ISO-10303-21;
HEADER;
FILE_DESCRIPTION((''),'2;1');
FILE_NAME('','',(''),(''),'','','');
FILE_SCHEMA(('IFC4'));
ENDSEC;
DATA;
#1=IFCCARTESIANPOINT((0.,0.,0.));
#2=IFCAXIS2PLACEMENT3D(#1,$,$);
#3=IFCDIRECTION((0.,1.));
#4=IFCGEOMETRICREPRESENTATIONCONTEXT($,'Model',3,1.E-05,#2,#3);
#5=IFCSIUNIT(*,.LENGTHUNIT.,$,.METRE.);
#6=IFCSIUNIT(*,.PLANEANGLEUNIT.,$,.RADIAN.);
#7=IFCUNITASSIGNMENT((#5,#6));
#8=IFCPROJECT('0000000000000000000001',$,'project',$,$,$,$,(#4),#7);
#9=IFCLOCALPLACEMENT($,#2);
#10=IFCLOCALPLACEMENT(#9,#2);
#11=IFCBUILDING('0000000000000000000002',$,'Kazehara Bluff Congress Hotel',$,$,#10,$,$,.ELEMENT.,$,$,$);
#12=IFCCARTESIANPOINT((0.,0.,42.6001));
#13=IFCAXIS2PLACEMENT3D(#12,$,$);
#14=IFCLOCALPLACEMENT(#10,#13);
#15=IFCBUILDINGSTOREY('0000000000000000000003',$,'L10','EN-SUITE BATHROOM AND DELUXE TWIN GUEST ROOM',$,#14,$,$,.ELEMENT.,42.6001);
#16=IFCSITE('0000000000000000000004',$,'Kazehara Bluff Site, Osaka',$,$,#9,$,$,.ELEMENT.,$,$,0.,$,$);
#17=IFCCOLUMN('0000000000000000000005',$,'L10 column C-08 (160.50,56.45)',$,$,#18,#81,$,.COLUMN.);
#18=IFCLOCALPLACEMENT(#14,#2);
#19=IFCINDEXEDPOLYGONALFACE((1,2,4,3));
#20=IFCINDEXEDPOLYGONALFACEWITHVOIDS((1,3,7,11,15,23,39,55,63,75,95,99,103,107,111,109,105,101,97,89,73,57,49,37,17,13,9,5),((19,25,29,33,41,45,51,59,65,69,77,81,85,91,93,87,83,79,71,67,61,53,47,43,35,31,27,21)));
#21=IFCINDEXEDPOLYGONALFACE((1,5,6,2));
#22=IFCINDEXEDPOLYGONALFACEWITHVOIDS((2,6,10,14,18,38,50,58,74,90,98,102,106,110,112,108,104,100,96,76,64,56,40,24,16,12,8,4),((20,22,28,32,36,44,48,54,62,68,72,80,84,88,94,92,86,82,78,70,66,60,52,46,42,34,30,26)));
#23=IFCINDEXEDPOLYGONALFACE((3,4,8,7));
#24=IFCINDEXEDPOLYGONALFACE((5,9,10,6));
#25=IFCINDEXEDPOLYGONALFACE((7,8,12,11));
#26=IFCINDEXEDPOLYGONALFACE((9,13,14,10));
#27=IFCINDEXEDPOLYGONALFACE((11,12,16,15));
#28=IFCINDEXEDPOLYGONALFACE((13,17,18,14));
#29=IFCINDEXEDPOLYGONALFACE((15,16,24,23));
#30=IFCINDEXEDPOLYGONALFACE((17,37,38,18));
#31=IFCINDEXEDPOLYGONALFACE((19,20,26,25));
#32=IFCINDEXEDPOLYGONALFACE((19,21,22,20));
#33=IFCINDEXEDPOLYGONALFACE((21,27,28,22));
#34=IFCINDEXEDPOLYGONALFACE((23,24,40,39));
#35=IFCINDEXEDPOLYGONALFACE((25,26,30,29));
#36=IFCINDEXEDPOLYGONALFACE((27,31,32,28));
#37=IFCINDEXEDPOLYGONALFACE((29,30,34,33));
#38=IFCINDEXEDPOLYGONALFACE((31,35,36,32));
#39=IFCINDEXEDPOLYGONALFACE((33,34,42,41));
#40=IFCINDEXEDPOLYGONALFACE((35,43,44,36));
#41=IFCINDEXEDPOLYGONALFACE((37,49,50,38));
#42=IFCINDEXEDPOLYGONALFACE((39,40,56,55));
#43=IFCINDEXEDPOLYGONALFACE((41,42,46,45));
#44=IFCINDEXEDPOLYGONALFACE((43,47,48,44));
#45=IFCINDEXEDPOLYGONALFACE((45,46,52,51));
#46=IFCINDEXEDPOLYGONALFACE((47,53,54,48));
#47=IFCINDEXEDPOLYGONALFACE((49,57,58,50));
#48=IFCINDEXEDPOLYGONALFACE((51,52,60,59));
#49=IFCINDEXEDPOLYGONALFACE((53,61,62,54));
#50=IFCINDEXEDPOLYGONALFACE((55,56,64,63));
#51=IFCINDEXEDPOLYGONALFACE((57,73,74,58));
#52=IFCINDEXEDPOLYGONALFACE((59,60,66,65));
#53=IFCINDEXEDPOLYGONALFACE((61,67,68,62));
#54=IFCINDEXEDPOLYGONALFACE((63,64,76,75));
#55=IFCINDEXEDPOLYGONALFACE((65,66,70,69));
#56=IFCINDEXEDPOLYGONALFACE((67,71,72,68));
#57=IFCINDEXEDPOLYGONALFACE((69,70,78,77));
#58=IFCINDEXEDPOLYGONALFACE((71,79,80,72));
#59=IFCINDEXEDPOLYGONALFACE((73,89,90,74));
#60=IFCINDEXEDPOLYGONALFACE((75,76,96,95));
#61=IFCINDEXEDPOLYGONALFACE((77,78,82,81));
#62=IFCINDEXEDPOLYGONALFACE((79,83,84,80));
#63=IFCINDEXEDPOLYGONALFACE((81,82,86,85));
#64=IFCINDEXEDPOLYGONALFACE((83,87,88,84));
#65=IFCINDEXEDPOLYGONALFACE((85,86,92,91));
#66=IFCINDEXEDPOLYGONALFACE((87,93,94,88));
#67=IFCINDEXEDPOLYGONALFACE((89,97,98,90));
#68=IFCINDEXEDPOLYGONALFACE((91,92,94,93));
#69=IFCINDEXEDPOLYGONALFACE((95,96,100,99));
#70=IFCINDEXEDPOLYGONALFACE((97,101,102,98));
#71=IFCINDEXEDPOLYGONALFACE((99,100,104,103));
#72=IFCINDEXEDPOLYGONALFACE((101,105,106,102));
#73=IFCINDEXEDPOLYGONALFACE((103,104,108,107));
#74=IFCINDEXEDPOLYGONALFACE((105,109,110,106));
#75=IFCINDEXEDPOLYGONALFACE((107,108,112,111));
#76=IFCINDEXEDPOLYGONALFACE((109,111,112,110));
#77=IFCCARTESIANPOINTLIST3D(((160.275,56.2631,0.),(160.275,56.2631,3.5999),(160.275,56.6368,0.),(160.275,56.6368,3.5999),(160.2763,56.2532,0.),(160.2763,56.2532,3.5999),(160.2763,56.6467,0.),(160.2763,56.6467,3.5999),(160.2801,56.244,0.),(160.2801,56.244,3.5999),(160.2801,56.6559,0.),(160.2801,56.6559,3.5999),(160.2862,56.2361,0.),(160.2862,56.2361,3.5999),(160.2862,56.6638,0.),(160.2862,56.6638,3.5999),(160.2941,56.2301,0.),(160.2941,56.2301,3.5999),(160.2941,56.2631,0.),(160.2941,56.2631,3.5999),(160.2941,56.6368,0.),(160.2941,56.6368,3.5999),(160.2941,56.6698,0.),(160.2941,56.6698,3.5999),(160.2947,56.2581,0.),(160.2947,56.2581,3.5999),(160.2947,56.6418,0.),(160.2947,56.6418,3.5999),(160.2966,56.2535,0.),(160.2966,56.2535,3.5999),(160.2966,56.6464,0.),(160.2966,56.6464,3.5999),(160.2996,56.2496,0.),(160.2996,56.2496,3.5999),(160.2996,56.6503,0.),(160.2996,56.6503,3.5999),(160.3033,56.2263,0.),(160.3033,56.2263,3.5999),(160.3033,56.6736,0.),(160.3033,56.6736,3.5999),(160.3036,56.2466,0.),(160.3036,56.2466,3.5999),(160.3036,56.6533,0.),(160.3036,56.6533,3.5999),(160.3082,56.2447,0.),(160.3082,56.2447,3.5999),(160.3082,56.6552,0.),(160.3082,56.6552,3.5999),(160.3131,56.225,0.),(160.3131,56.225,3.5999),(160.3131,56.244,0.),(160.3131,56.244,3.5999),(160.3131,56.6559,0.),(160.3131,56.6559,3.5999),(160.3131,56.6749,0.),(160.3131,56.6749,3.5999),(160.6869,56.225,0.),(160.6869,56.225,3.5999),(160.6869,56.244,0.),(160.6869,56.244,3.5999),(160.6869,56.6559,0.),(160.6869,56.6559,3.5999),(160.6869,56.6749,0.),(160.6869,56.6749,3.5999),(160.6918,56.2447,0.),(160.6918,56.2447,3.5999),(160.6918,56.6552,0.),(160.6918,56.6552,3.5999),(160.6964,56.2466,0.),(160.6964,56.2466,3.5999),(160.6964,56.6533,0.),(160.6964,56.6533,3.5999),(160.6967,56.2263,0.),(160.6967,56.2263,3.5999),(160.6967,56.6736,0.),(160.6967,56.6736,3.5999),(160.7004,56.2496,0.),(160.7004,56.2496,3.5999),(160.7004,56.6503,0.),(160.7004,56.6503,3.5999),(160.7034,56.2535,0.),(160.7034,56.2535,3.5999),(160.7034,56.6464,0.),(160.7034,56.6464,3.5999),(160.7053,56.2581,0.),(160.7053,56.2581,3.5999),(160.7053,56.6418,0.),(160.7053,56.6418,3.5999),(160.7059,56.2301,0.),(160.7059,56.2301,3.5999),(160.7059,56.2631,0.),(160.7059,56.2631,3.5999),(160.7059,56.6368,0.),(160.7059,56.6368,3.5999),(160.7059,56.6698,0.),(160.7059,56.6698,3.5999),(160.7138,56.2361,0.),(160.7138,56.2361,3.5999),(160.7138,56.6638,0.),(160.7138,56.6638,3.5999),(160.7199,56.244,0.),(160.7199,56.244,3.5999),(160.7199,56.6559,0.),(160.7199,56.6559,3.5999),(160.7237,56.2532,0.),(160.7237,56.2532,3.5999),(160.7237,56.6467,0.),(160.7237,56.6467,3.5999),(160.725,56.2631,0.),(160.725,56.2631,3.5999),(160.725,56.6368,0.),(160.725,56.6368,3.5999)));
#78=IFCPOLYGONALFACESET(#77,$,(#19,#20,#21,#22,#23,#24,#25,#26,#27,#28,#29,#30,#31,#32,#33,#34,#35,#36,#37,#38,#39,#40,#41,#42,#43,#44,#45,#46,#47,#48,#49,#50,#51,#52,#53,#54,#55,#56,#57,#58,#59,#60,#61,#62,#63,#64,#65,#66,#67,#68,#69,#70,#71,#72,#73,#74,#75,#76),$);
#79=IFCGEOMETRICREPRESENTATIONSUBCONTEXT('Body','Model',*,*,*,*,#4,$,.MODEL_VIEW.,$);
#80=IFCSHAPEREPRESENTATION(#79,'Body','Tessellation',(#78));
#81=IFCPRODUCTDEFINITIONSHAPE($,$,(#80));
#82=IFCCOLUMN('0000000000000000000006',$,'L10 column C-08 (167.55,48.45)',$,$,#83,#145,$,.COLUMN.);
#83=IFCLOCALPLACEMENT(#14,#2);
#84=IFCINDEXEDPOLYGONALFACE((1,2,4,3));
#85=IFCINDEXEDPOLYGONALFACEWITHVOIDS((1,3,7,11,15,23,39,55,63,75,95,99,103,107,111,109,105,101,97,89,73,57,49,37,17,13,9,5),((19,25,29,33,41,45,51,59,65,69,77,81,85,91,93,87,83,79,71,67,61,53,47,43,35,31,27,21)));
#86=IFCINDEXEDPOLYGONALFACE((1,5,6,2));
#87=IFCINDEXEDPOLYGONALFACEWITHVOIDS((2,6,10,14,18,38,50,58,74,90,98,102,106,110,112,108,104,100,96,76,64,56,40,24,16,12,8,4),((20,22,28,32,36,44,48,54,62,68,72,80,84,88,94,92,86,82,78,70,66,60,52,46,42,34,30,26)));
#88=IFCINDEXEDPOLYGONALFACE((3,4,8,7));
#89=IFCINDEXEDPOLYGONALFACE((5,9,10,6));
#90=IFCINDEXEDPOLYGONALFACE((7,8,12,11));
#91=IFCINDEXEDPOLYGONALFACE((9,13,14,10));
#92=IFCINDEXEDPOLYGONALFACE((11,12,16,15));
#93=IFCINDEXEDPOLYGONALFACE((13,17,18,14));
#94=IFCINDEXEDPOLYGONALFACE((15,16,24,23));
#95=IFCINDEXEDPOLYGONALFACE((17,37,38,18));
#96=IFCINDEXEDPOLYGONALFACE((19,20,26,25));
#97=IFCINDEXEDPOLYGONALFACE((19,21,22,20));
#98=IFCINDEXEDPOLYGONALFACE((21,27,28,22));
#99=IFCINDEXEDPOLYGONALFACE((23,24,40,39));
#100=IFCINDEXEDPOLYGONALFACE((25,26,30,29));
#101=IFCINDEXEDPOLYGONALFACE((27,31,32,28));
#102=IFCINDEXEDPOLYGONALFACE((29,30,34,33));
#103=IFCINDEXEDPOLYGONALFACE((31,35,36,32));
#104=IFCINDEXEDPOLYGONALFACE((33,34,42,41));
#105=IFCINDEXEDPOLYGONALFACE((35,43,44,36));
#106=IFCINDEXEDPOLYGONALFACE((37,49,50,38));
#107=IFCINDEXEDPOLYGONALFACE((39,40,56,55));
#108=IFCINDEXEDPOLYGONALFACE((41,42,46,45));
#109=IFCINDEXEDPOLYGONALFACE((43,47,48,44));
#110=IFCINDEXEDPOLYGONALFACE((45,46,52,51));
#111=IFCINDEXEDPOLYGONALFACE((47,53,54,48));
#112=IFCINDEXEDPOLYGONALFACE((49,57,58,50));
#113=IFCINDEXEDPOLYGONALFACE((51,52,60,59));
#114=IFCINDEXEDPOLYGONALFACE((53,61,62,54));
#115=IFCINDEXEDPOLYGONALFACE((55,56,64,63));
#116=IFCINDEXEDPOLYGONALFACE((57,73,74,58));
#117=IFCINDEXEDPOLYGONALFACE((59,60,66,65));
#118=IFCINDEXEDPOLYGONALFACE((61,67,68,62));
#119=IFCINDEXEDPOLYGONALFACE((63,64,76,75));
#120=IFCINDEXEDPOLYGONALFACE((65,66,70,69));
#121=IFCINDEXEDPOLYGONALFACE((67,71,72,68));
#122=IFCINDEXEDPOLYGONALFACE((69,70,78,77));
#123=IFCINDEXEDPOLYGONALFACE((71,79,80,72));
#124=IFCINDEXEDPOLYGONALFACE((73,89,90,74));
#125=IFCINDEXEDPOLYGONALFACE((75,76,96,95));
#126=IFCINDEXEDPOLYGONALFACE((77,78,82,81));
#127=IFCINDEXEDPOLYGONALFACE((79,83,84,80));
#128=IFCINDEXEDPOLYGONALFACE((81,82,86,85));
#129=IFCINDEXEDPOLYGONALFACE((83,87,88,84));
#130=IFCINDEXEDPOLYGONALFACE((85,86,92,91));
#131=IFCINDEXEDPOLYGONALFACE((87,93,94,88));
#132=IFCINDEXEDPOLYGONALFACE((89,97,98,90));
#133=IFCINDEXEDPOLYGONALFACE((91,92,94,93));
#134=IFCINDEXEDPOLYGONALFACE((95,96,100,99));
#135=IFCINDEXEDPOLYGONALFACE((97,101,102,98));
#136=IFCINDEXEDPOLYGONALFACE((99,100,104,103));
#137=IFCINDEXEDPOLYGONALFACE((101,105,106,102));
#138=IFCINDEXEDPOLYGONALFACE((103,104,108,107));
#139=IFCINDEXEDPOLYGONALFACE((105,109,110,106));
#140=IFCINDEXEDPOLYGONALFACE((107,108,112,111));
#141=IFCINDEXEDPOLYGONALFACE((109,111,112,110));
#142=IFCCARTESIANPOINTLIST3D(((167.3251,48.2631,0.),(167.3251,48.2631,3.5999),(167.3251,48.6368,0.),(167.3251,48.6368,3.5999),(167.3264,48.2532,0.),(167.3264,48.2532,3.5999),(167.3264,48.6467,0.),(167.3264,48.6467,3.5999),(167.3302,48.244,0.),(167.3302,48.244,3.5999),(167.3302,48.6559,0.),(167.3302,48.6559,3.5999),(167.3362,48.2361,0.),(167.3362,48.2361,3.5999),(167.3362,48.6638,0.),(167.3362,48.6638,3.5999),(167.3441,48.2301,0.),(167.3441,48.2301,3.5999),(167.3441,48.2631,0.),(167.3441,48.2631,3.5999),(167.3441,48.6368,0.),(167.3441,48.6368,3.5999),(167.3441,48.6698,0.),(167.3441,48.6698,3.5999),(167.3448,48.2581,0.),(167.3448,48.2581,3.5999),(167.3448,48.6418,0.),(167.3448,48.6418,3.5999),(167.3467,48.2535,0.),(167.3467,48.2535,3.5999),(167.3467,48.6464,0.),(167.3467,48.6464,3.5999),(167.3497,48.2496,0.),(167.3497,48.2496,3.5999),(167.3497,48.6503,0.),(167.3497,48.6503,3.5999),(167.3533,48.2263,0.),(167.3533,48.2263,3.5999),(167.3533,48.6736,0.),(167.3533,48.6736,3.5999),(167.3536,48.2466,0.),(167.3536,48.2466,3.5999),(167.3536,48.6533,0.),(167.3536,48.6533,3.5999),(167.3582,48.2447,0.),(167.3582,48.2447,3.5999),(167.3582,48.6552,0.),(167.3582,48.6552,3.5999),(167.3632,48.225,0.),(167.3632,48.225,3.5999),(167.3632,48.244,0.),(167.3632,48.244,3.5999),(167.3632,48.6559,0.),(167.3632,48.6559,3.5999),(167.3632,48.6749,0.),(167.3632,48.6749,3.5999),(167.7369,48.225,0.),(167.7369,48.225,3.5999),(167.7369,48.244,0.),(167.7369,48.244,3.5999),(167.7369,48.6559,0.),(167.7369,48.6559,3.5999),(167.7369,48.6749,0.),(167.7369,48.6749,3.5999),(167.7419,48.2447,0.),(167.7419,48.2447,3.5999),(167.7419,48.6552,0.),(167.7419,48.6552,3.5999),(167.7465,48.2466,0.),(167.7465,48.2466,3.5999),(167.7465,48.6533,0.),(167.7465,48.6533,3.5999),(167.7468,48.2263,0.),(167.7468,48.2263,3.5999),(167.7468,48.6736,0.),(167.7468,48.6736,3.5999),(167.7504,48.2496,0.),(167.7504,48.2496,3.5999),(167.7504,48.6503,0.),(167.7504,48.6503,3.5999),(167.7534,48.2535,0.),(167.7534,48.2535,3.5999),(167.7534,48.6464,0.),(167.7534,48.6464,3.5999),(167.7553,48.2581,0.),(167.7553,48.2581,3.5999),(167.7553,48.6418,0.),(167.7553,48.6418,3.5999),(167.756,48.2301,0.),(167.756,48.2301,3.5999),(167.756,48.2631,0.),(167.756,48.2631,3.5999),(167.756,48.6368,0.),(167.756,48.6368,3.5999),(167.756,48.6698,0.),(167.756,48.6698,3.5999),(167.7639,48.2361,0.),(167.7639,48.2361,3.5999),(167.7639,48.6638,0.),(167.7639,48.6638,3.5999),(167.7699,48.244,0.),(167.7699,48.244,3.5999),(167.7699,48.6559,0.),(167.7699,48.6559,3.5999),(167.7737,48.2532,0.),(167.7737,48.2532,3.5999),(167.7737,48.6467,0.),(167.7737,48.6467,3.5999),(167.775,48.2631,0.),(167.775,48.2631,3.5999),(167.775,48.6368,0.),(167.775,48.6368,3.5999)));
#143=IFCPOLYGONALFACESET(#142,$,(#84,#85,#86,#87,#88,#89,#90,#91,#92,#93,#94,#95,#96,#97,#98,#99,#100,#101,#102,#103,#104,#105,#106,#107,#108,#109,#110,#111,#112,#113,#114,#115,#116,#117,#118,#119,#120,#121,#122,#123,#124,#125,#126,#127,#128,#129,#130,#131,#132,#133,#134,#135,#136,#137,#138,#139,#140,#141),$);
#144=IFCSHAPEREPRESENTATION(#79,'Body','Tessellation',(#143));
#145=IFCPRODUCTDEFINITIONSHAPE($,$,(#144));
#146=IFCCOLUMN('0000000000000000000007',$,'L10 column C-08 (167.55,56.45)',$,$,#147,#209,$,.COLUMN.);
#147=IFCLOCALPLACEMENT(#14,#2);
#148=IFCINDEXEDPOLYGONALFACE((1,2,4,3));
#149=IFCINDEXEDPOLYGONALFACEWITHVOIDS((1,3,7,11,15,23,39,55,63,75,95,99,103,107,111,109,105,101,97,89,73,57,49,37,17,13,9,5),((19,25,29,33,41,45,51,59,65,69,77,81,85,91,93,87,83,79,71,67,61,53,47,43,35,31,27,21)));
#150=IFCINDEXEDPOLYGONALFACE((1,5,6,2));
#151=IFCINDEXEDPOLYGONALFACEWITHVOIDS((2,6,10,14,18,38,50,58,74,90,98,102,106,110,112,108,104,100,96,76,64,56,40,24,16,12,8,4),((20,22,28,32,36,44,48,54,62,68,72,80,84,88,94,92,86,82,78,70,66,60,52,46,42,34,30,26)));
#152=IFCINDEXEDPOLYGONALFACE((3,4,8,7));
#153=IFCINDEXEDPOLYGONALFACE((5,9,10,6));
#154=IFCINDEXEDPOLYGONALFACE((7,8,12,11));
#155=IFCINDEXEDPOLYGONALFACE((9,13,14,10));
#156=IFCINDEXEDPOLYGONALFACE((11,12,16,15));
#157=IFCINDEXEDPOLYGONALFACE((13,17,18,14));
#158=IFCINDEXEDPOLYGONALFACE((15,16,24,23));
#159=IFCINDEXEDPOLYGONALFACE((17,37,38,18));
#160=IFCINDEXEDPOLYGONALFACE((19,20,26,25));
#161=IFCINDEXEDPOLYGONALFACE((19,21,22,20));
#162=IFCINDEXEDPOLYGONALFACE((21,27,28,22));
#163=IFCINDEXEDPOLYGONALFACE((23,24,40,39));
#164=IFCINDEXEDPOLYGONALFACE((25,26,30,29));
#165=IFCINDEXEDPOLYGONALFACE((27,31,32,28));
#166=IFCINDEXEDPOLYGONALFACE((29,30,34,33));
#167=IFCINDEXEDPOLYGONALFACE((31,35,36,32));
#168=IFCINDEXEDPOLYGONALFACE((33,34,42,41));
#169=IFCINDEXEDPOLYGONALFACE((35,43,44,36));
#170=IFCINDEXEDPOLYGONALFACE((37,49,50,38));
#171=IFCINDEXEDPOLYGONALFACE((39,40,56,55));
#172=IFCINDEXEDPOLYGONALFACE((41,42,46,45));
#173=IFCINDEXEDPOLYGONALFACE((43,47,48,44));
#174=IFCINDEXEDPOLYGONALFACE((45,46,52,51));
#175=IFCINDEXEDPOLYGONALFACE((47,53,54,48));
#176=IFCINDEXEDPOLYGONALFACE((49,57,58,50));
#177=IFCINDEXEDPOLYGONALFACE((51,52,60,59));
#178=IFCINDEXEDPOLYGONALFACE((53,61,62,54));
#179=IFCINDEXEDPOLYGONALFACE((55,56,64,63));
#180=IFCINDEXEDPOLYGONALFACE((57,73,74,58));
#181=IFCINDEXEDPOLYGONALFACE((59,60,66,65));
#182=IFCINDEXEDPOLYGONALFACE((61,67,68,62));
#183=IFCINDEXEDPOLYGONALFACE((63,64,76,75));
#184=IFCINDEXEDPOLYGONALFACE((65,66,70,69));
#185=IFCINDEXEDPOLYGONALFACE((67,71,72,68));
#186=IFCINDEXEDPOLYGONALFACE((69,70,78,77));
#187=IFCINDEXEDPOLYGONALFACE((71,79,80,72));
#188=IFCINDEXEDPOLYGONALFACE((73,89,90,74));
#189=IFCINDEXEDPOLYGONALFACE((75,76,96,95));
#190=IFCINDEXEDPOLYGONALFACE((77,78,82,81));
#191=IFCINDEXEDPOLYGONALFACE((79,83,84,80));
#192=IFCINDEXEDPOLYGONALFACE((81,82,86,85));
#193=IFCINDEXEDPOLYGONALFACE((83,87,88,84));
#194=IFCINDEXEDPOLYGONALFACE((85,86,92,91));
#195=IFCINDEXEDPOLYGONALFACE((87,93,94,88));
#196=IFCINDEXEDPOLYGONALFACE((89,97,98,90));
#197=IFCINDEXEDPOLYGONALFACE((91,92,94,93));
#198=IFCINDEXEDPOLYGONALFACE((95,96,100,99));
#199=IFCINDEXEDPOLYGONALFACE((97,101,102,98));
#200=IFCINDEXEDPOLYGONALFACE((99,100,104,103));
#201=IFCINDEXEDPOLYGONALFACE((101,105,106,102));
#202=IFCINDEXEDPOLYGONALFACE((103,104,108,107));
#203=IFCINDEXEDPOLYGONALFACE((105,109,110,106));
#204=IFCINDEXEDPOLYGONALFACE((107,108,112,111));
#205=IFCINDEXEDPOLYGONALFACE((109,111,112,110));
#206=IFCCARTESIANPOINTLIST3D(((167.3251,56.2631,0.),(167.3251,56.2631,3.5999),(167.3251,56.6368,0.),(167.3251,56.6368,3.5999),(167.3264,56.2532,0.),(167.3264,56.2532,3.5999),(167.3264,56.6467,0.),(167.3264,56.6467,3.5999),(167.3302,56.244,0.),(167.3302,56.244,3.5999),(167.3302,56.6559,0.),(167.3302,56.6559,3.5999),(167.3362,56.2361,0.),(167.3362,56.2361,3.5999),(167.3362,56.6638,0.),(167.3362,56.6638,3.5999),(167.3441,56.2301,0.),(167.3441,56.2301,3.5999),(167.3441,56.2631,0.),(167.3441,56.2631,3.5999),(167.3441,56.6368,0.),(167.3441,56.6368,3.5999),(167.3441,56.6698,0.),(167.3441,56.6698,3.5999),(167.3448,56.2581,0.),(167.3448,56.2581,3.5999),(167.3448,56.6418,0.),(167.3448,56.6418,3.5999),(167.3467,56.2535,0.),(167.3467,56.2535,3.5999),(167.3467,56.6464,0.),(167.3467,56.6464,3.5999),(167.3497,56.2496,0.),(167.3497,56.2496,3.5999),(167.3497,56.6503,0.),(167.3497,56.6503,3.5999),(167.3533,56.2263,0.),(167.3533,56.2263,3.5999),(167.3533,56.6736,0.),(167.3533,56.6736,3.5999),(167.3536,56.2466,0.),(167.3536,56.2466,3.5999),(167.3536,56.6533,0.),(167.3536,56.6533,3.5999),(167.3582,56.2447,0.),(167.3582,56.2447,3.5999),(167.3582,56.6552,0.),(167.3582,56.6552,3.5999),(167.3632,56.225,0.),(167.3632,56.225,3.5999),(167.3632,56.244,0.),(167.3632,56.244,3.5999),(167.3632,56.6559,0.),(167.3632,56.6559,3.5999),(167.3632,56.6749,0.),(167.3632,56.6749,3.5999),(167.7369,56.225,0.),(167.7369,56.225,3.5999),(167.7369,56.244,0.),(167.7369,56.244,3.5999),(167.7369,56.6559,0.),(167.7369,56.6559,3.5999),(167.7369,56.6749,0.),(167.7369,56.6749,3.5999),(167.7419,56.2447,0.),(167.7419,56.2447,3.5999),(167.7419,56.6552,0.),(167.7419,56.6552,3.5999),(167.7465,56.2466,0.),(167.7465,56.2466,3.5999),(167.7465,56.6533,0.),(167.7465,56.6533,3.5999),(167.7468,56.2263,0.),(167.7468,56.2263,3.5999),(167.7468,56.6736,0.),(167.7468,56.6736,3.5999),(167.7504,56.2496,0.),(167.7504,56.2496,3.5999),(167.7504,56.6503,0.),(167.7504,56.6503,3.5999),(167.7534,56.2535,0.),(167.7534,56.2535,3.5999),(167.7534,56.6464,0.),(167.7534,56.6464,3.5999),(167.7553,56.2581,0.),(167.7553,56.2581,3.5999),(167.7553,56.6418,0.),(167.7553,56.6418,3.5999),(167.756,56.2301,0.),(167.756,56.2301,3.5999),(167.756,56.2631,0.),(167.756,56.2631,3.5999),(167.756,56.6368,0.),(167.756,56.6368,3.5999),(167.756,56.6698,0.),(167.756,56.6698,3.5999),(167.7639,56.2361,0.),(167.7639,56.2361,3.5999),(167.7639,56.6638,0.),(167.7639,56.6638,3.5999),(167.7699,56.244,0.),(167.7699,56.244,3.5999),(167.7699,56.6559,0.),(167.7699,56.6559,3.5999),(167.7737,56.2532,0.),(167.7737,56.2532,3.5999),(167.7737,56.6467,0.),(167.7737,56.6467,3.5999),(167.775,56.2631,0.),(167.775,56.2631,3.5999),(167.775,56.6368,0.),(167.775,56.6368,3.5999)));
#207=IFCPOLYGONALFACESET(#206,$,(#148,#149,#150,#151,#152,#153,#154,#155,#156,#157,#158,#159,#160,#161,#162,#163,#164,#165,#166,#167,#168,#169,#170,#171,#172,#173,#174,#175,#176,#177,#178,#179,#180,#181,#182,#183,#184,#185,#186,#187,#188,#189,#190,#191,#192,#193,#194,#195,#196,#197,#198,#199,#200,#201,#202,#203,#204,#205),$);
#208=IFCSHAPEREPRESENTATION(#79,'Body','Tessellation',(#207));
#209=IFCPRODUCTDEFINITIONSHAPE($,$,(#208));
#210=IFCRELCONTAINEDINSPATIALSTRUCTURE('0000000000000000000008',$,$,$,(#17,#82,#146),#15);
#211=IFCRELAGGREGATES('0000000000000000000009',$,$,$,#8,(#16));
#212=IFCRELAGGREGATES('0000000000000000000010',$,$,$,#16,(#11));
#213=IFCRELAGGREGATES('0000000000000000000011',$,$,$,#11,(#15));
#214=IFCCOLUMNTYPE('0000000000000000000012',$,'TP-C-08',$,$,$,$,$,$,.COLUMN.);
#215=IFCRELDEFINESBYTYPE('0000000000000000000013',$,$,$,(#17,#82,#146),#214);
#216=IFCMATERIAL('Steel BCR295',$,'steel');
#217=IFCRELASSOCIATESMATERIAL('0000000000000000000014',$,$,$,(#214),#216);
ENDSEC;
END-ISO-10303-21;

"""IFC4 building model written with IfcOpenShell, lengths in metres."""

from ifc_helpers import new_model, si_unit, direction, frame, origin, origin_2d, place, context, subcontext, project, spatial, hollow_rectangle, extrude, material, material_profile, profile_set, type_object, element, save


model = new_model("IFC4")

# Units and contexts
model_context = context("Model", 3, precision=1e-05, world=origin(), true_north=direction((0.0, 1.0)))
body_context = subcontext(model_context, "Body", "Model", "MODEL_VIEW")
ifc_project = project(units=[si_unit("LENGTHUNIT", "METRE"), si_unit("PLANEANGLEUNIT", "RADIAN")], contexts=[model_context])

# Site, building, storey
site_placement = place(None, origin())
site = spatial("IfcSite", under=ifc_project, at=site_placement, Name="Kazehara Bluff Site, Osaka", CompositionType="ELEMENT", RefElevation=0.0)
building_placement = place(site_placement, origin())
building = spatial("IfcBuilding", under=site, at=building_placement, Name="Kazehara Bluff Congress Hotel", CompositionType="ELEMENT")
storey_placement = place(building_placement, frame((0.0, 0.0, 42.6001)))
storey = spatial("IfcBuildingStorey", under=building, at=storey_placement, Name="L10", Description="EN-SUITE BATHROOM AND DELUXE TWIN GUEST ROOM", CompositionType="ELEMENT", Elevation=42.6001)

# Columns
ifc_material_1 = material(Name="Steel BCR295", Category="steel")
ifc_material_profile_1 = material_profile(ifc_material_1, hollow_rectangle(XDim=0.45, YDim=0.45, WallThickness=0.019, InnerFilletRadius=0.019, OuterFilletRadius=0.0381, at=origin_2d()))
ifc_profile_set_1 = profile_set([ifc_material_profile_1], Name="Steel BCR295")
column_type = type_object("IfcColumnType", Name="TP-C-08", PredefinedType="COLUMN", material=ifc_profile_set_1)
for number, where, z_axis, x_axis, name in (
    (1, (160.5, 56.45, 0.0), (0.0, 0.0, 1.0), (1.0, 0.0, 0.0), "L10 column C-08 (160.50,56.45)"),
    (2, (167.55, 48.45, 0.0), (0.0, 0.0, 1.0), (1.0, 0.0, 0.0), "L10 column C-08 (167.55,48.45)"),
    (3, (167.55, 56.45, 0.0), (0.0, 0.0, 1.0), (1.0, 0.0, 0.0), "L10 column C-08 (167.55,56.45)"),
):
    element("IfcColumn", number, at=place(storey_placement, frame(where, z_axis=z_axis, x_axis=x_axis)), inside=storey, type_object=column_type, Name=name, PredefinedType="COLUMN", context=body_context, shape_type="SweptSolid", body=[
        extrude(hollow_rectangle(XDim=0.45, YDim=0.45, WallThickness=0.019, InnerFilletRadius=0.019, OuterFilletRadius=0.0381, at=origin_2d()), origin(), (0.0, 0.0, 1.0), 3.5999),
    ])

save(model, "model.ifc")
